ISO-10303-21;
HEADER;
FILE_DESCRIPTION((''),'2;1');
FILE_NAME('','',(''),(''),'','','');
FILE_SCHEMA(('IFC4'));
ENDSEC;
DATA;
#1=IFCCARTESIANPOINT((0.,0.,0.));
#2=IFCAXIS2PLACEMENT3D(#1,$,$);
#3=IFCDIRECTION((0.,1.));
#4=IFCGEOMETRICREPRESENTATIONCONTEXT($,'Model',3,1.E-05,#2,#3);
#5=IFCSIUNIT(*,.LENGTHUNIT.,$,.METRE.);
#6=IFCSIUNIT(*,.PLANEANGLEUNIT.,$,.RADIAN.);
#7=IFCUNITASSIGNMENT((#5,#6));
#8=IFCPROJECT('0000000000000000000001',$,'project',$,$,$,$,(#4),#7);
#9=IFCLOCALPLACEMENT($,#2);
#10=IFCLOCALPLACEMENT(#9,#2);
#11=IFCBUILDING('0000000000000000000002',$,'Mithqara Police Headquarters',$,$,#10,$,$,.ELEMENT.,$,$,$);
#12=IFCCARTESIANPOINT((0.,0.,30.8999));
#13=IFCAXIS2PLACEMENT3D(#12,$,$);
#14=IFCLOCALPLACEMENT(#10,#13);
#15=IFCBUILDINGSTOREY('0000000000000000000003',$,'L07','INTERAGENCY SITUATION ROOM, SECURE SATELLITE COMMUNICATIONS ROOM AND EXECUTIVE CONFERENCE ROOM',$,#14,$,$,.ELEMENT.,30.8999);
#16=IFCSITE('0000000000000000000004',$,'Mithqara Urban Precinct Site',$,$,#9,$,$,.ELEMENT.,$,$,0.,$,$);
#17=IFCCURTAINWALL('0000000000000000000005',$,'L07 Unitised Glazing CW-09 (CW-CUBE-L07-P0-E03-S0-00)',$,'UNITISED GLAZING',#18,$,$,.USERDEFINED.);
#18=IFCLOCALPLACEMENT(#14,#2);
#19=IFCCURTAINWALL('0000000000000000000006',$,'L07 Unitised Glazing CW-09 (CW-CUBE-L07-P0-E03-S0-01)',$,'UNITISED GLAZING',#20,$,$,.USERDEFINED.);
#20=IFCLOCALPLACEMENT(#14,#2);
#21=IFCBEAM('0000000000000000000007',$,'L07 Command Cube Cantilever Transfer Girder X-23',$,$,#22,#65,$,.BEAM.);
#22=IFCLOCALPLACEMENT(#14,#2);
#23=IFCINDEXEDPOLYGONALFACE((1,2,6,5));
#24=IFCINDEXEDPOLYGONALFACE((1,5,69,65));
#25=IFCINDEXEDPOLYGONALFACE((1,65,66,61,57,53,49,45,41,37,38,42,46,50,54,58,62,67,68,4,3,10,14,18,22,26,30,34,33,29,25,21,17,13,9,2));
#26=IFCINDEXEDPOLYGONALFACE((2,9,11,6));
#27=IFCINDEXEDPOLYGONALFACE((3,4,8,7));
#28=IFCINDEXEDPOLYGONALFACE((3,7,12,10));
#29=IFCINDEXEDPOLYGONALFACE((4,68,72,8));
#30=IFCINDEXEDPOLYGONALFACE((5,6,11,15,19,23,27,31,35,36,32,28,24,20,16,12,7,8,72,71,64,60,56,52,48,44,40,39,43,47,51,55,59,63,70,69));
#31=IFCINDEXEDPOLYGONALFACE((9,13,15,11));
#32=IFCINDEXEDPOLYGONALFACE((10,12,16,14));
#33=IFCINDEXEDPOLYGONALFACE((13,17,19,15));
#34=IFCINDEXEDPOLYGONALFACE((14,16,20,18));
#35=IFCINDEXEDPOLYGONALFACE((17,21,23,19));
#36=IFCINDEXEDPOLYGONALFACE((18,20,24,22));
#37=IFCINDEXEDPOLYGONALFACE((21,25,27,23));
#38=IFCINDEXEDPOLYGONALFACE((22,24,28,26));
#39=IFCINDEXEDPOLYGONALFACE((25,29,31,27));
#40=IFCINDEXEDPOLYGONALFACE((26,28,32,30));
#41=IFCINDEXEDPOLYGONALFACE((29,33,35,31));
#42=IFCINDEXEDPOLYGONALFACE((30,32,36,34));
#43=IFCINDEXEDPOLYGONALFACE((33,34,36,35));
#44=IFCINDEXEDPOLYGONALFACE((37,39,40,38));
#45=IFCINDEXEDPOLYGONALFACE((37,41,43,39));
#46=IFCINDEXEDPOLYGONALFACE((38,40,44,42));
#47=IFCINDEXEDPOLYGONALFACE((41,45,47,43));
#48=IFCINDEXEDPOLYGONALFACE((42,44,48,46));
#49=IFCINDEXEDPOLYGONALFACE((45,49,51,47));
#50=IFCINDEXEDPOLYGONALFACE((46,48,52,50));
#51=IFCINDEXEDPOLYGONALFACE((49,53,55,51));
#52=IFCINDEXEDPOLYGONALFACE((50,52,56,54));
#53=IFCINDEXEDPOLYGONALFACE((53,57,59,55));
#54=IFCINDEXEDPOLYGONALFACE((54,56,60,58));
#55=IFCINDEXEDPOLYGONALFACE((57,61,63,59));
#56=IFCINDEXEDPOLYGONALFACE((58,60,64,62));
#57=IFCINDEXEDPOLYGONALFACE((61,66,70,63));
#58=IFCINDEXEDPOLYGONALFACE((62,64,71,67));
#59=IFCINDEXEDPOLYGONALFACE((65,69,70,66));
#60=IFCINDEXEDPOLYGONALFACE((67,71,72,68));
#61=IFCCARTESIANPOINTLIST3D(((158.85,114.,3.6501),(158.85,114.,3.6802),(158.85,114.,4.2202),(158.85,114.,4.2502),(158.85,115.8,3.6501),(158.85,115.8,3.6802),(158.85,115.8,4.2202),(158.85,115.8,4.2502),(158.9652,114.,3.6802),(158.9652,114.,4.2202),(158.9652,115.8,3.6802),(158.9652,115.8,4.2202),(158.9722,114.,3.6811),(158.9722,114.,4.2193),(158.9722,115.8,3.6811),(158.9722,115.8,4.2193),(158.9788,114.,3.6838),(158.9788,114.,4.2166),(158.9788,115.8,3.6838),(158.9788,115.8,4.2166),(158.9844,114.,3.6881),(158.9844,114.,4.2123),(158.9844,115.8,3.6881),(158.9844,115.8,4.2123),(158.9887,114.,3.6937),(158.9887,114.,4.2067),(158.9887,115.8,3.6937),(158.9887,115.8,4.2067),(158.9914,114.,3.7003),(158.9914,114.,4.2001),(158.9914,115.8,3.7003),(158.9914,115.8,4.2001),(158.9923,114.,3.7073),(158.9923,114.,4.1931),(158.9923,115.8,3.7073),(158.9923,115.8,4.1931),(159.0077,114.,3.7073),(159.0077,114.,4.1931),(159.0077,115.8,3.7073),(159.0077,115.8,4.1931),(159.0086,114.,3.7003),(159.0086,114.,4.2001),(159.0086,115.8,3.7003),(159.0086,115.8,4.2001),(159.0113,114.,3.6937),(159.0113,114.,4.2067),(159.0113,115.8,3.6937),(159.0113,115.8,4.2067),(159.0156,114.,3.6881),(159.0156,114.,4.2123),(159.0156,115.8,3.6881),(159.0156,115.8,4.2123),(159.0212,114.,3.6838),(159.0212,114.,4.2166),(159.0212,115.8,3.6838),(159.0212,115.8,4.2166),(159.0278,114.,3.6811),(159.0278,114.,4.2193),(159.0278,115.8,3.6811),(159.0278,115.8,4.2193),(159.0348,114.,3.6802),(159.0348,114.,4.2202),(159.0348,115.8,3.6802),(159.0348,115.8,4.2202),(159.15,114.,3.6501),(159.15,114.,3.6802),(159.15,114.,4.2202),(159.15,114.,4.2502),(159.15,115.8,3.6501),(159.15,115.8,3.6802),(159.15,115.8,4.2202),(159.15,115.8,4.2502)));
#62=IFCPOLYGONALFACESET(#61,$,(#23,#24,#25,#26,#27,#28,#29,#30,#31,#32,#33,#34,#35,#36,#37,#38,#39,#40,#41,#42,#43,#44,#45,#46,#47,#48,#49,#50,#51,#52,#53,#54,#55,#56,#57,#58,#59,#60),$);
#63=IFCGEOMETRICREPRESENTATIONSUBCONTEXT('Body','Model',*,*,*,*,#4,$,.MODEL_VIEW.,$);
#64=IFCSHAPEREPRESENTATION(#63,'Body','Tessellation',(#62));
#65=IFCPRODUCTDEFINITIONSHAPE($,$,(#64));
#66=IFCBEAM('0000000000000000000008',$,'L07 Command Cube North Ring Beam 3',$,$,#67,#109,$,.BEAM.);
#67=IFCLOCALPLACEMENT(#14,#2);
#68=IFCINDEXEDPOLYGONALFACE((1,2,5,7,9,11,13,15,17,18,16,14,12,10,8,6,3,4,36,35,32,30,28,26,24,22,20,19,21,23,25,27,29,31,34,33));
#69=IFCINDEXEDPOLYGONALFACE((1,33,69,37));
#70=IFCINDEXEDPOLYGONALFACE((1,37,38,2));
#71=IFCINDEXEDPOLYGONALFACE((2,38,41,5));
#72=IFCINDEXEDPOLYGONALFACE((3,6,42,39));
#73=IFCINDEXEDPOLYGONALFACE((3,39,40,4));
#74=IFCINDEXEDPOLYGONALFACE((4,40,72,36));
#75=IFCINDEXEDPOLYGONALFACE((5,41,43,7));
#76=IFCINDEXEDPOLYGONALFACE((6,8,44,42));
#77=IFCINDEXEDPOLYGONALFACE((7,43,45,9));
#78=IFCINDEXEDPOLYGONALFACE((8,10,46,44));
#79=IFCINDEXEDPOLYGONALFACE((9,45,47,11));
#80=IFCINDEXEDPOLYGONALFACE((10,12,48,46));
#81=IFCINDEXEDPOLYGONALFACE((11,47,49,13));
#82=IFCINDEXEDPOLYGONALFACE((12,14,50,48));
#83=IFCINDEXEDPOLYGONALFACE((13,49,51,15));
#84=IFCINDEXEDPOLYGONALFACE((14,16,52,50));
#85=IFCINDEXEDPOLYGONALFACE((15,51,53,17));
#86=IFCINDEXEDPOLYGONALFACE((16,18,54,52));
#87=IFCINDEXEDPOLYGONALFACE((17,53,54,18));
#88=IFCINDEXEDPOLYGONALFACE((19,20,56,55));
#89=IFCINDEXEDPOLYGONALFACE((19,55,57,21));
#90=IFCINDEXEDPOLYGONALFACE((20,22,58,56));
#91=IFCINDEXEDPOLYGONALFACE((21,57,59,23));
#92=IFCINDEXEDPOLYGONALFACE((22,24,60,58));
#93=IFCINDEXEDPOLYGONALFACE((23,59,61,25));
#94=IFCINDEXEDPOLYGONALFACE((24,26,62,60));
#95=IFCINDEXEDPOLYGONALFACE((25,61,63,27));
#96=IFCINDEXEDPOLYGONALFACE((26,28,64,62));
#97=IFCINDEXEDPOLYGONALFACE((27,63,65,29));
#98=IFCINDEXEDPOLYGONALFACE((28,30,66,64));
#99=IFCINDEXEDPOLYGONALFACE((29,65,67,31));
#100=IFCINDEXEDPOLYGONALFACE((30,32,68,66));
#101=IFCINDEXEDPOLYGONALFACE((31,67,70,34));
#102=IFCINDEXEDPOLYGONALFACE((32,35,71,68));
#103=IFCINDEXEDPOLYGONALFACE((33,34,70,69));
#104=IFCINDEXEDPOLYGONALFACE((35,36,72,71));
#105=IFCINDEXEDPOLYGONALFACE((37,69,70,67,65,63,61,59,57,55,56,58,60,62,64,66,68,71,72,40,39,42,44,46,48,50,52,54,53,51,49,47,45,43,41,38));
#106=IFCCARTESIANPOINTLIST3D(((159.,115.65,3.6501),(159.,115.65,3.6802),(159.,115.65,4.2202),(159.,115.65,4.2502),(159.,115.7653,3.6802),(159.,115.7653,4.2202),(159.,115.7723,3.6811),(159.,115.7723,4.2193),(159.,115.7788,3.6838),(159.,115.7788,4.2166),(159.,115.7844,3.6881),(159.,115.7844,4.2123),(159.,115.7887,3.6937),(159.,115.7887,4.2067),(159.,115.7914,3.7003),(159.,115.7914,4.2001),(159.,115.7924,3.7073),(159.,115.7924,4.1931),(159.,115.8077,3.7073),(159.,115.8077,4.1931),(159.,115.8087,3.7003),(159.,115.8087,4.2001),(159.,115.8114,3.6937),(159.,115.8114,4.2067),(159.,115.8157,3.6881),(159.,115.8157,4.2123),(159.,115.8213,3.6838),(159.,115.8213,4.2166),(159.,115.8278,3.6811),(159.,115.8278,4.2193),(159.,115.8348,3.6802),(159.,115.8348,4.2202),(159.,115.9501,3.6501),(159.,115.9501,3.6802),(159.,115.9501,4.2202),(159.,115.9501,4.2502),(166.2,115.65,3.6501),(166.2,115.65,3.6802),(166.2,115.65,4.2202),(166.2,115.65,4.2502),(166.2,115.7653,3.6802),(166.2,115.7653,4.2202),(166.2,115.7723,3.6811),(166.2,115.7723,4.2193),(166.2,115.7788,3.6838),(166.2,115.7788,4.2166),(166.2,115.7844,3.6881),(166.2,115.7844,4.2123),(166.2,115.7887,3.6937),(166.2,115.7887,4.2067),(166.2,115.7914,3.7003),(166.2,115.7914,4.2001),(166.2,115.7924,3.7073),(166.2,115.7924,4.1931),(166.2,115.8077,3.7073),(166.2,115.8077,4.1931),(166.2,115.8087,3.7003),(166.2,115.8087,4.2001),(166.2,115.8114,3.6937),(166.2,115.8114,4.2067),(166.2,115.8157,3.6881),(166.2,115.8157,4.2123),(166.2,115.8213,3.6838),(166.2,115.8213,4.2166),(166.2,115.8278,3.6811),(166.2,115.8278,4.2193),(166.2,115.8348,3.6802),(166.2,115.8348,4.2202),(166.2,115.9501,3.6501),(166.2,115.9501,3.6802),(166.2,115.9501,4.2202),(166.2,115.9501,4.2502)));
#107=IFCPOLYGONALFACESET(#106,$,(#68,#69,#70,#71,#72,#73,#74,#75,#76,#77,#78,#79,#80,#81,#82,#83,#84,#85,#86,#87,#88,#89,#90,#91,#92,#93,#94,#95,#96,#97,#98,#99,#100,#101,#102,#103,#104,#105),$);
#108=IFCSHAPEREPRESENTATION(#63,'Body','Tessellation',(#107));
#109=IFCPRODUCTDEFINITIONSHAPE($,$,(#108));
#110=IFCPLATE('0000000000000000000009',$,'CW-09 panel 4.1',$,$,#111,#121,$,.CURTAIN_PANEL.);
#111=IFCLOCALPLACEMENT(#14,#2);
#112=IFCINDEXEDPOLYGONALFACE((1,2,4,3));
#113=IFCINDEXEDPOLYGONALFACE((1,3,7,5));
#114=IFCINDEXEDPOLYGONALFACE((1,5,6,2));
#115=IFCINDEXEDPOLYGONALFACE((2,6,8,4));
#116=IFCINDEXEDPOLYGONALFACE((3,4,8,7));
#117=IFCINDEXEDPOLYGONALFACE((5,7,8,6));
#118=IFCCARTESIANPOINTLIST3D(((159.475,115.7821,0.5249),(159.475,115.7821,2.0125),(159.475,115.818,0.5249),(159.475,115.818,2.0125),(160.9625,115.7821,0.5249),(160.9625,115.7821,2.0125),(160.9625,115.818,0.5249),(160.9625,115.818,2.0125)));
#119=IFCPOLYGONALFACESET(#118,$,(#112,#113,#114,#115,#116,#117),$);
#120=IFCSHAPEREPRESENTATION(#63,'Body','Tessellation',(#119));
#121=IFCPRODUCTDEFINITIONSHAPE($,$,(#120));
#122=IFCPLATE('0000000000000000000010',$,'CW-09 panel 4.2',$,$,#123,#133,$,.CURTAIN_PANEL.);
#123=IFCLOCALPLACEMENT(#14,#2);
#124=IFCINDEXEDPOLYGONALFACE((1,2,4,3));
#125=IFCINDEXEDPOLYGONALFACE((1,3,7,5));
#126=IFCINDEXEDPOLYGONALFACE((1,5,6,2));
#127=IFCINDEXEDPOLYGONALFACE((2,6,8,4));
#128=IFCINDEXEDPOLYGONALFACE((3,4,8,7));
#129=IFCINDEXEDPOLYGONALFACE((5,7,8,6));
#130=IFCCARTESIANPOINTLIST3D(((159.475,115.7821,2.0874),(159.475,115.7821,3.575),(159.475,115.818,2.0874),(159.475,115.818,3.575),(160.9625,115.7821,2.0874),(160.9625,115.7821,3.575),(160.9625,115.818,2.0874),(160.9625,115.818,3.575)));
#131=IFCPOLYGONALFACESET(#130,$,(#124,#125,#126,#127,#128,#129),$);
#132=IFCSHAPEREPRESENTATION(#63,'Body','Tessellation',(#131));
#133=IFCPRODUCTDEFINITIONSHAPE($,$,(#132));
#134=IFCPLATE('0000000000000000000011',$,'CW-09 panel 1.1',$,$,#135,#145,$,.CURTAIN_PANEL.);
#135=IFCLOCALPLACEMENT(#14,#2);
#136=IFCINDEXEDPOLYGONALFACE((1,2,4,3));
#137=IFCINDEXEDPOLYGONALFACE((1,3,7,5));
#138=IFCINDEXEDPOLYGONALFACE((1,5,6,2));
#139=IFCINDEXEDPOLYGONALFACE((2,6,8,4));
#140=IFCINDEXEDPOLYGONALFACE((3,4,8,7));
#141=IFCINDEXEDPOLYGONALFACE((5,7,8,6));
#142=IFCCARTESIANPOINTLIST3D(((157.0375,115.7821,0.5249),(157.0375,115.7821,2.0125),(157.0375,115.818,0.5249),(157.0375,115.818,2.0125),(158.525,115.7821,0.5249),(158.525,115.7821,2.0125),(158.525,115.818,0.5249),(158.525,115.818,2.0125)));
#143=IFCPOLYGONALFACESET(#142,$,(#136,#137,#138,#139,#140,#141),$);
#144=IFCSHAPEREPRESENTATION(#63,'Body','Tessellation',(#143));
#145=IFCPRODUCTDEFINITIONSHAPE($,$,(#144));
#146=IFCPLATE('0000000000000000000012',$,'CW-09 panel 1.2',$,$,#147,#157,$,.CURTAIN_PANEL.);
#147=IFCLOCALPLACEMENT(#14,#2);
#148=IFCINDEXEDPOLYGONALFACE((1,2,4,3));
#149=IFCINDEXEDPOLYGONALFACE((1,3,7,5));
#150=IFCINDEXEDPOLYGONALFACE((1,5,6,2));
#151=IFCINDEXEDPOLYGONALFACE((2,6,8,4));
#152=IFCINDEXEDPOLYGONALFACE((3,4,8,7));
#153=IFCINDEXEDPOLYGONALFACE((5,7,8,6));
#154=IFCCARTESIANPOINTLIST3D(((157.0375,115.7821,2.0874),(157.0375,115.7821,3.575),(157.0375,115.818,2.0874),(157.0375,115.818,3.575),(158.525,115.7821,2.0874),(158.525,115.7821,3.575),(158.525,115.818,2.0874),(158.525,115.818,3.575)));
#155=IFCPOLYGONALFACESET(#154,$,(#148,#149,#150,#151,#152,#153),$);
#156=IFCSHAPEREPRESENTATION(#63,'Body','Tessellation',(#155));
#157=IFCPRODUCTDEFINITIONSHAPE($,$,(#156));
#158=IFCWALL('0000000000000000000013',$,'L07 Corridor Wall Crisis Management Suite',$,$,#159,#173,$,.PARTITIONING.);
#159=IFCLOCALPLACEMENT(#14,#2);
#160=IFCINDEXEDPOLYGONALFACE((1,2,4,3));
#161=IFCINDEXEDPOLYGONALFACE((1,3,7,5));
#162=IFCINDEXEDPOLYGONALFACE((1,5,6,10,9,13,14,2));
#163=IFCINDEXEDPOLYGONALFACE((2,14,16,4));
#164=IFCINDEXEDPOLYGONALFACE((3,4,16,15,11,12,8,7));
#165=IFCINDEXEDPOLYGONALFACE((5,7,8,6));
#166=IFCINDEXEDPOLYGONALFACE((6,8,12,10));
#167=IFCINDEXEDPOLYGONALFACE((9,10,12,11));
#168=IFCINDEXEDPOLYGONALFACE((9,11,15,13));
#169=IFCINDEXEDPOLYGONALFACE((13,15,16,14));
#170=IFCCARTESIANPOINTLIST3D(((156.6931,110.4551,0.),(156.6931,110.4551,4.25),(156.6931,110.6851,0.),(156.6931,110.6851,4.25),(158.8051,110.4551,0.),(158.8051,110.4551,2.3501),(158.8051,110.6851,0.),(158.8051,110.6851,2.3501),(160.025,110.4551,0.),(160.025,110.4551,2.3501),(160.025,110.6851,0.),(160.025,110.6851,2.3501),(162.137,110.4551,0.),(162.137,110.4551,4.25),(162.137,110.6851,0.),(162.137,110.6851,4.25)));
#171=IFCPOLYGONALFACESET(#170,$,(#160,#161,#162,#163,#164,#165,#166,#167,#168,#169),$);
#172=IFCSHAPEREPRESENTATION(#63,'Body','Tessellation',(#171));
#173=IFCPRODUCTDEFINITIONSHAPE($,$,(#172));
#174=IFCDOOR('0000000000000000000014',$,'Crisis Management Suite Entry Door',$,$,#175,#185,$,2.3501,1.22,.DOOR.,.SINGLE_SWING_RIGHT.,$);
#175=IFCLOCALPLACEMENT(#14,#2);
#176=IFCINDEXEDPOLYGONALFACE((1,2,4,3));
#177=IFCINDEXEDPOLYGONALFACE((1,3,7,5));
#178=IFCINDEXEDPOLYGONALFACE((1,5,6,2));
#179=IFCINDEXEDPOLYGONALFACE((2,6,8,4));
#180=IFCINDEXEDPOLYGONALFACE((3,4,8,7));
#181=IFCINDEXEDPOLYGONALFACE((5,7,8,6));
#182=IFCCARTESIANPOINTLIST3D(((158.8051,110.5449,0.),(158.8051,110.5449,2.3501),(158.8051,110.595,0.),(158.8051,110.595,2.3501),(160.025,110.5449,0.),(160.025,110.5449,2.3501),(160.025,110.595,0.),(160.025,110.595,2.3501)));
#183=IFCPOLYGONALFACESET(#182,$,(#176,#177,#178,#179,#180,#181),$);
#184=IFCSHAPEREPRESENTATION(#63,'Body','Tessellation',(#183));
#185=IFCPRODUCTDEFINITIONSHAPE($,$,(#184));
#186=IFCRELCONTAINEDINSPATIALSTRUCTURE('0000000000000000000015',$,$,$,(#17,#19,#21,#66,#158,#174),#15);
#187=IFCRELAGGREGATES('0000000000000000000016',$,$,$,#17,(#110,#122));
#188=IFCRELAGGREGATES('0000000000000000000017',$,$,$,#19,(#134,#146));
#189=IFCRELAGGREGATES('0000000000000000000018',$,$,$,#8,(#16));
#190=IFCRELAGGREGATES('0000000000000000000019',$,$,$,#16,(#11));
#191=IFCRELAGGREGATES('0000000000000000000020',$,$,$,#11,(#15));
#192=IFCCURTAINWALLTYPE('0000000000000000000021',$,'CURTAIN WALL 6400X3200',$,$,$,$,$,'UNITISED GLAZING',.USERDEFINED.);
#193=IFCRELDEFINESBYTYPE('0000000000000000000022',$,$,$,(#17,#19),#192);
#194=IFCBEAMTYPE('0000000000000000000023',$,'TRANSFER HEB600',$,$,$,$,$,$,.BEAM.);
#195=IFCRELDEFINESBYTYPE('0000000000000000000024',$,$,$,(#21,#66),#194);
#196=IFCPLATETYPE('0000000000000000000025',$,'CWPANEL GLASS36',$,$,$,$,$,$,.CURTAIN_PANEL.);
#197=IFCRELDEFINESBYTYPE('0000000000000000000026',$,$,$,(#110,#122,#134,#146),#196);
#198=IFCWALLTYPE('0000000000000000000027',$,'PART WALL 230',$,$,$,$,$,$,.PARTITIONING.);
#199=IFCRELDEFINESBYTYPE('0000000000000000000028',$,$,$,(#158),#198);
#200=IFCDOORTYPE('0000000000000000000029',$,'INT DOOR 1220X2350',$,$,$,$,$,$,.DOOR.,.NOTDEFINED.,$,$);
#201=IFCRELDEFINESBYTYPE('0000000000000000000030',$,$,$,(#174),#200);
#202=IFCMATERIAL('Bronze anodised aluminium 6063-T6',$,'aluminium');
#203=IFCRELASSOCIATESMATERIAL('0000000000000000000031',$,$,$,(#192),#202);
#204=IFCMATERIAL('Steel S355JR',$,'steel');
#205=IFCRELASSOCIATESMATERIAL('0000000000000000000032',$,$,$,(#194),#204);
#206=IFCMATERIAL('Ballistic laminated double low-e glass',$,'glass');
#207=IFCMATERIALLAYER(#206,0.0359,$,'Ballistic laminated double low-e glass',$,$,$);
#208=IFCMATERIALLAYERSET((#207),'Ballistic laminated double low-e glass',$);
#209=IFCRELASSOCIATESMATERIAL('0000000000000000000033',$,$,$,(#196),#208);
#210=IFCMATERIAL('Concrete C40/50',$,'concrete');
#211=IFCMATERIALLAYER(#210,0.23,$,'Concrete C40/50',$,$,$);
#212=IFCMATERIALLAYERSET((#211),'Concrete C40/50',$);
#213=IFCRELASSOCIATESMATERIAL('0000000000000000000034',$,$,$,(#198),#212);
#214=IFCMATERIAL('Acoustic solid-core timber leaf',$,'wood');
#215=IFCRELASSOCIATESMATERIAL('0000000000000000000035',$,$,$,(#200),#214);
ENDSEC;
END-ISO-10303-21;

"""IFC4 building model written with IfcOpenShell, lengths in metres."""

from ifc_helpers import new_model, si_unit, direction, frame, frame_2d, origin, origin_2d, place, context, subcontext, project, spatial, rectangle, i_section, extrude, material, layer, layer_set, material_profile, profile_set, type_object, element, fill, aggregate, save


model = new_model("IFC4")

# Units and contexts
model_context = context("Model", 3, precision=1e-05, world=origin(), true_north=direction((0.0, 1.0)))
body_context = subcontext(model_context, "Body", "Model", "MODEL_VIEW")
ifc_project = project(units=[si_unit("LENGTHUNIT", "METRE"), si_unit("PLANEANGLEUNIT", "RADIAN")], contexts=[model_context])

# Site, building, storey
site_placement = place(None, origin())
site = spatial("IfcSite", under=ifc_project, at=site_placement, Name="Mithqara Urban Precinct Site", CompositionType="ELEMENT", RefElevation=0.0)
building_placement = place(site_placement, origin())
building = spatial("IfcBuilding", under=site, at=building_placement, Name="Mithqara Police Headquarters", CompositionType="ELEMENT")
storey_placement = place(building_placement, frame((0.0, 0.0, 30.8999)))
storey = spatial("IfcBuildingStorey", under=building, at=storey_placement, Name="L07", Description="INTERAGENCY SITUATION ROOM, SECURE SATELLITE COMMUNICATIONS ROOM AND EXECUTIVE CONFERENCE ROOM", CompositionType="ELEMENT", Elevation=30.8999)

# Shared definitions
ifc_material_1 = material(Name="Steel S355JR", Category="steel")

# Curtain wall
ifc_material_2 = material(Name="Bronze anodised aluminium 6063-T6", Category="aluminium")
curtain_wall_type = type_object("IfcCurtainWallType", Name="CURTAIN WALL 6400X3200", ElementType="UNITISED GLAZING", PredefinedType="USERDEFINED", material=ifc_material_2)
curtain_wall_1_placement = place(storey_placement, origin())
curtain_wall_1 = element("IfcCurtainWall", 1, at=curtain_wall_1_placement, inside=storey, type_object=curtain_wall_type, Name="L07 Unitised Glazing CW-09 (CW-CUBE-L07-P0-E03-S0-00)", ObjectType="UNITISED GLAZING", PredefinedType="USERDEFINED")

# Curtain wall
curtain_wall_2_placement = place(storey_placement, origin())
curtain_wall_2 = element("IfcCurtainWall", 2, at=curtain_wall_2_placement, inside=storey, type_object=curtain_wall_type, Name="L07 Unitised Glazing CW-09 (CW-CUBE-L07-P0-E03-S0-01)", ObjectType="UNITISED GLAZING", PredefinedType="USERDEFINED")

# Beams
ifc_material_profile_1 = material_profile(ifc_material_1, i_section(OverallWidth=0.3, OverallDepth=0.6001, WebThickness=0.0154, FlangeThickness=0.03, FilletRadius=0.0271, at=origin_2d()), Name="HEB 600")
ifc_profile_set_1 = profile_set([ifc_material_profile_1], Name="Steel S355JR")
beam_type = type_object("IfcBeamType", Name="TRANSFER HEB600", PredefinedType="BEAM", material=ifc_profile_set_1)
beam_1_placement = place(storey_placement, frame((159.0, 114.0, 3.9502), z_axis=(0.0, 1.0, 0.0), x_axis=(-1.0, 0.0, 0.0)))
element("IfcBeam", 3, at=beam_1_placement, inside=storey, type_object=beam_type, Name="L07 Command Cube Cantilever Transfer Girder X-23", PredefinedType="BEAM", context=body_context, shape_type="SweptSolid", body=[
    extrude(i_section(OverallWidth=0.3, OverallDepth=0.6001, WebThickness=0.0154, FlangeThickness=0.03, FilletRadius=0.0271, at=origin_2d()), origin(), (0.0, 0.0, 1.0), 1.8),
])
beam_2_placement = place(storey_placement, frame((159.0, 115.8, 3.9502), z_axis=(1.0, 0.0, 0.0), x_axis=(0.0, 1.0, 0.0)))
element("IfcBeam", 4, at=beam_2_placement, inside=storey, type_object=beam_type, Name="L07 Command Cube North Ring Beam 3", PredefinedType="BEAM", context=body_context, shape_type="SweptSolid", body=[
    extrude(i_section(OverallWidth=0.3, OverallDepth=0.6001, WebThickness=0.0154, FlangeThickness=0.03, FilletRadius=0.0271, at=origin_2d()), origin(), (0.0, 0.0, 1.0), 7.2),
])

# Plates
ifc_material_3 = material(Name="Ballistic laminated double low-e glass", Category="glass")
ifc_layer_1 = layer(ifc_material_3, 0.0359, Name="Ballistic laminated double low-e glass")
ifc_layer_set_1 = layer_set([ifc_layer_1], Name="Ballistic laminated double low-e glass")
plate_type = type_object("IfcPlateType", Name="CWPANEL GLASS36", PredefinedType="CURTAIN_PANEL", material=ifc_layer_set_1)
plate_1_placement = place(storey_placement, frame((160.2188, 115.8, 0.5249), z_axis=(0.0, 0.0, 1.0), x_axis=(-1.0, 0.0, 0.0)))
plate_1 = element("IfcPlate", 5, at=plate_1_placement, type_object=plate_type, Name="CW-09 panel 4.1", PredefinedType="CURTAIN_PANEL", context=body_context, shape_type="SweptSolid", body=[
    extrude(rectangle(XDim=1.4875, YDim=0.0359, at=origin_2d()), origin(), (0.0, 0.0, 1.0), 1.4875),
])
plate_2_placement = place(storey_placement, frame((160.2188, 115.8, 2.0874), z_axis=(0.0, 0.0, 1.0), x_axis=(-1.0, 0.0, 0.0)))
plate_2 = element("IfcPlate", 6, at=plate_2_placement, type_object=plate_type, Name="CW-09 panel 4.2", PredefinedType="CURTAIN_PANEL", context=body_context, shape_type="SweptSolid", body=[
    extrude(rectangle(XDim=1.4875, YDim=0.0359, at=origin_2d()), origin(), (0.0, 0.0, 1.0), 1.4875),
])
aggregate(curtain_wall_1, [plate_1, plate_2])
plate_3_placement = place(storey_placement, frame((157.7812, 115.8, 0.5249), z_axis=(0.0, 0.0, 1.0), x_axis=(-1.0, 0.0, 0.0)))
plate_3 = element("IfcPlate", 7, at=plate_3_placement, type_object=plate_type, Name="CW-09 panel 1.1", PredefinedType="CURTAIN_PANEL", context=body_context, shape_type="SweptSolid", body=[
    extrude(rectangle(XDim=1.4875, YDim=0.0359, at=origin_2d()), origin(), (0.0, 0.0, 1.0), 1.4875),
])
plate_4_placement = place(storey_placement, frame((157.7812, 115.8, 2.0874), z_axis=(0.0, 0.0, 1.0), x_axis=(-1.0, 0.0, 0.0)))
plate_4 = element("IfcPlate", 8, at=plate_4_placement, type_object=plate_type, Name="CW-09 panel 1.2", PredefinedType="CURTAIN_PANEL", context=body_context, shape_type="SweptSolid", body=[
    extrude(rectangle(XDim=1.4875, YDim=0.0359, at=origin_2d()), origin(), (0.0, 0.0, 1.0), 1.4875),
])
aggregate(curtain_wall_2, [plate_3, plate_4])

# Wall, opening, door
ifc_material_4 = material(Name="Concrete C40/50", Category="concrete")
ifc_layer_2 = layer(ifc_material_4, 0.23, Name="Concrete C40/50")
ifc_layer_set_2 = layer_set([ifc_layer_2], Name="Concrete C40/50")
wall_type = type_object("IfcWallType", Name="PART WALL 230", PredefinedType="PARTITIONING", material=ifc_layer_set_2)
wall_placement = place(storey_placement, frame((156.6931, 110.5701, 0.0), z_axis=(0.0, 0.0, 1.0), x_axis=(1.0, 0.0, 0.0)))
wall = element("IfcWall", 9, at=wall_placement, inside=storey, type_object=wall_type, Name="L07 Corridor Wall Crisis Management Suite", PredefinedType="PARTITIONING", context=body_context, shape_type="SweptSolid", body=[
    extrude(rectangle(XDim=5.4438, YDim=0.23, at=frame_2d((2.7219, 0.0))), origin(), (0.0, 0.0, 1.0), 4.25),
])
opening_placement = place(wall_placement, frame((2.1121, 0.0, 0.0)))
opening = element("IfcOpeningElement", 10, at=opening_placement, cuts=wall, PredefinedType="OPENING", context=body_context, shape_type="SweptSolid", body=[
    extrude(rectangle(XDim=1.22, YDim=2.3501, at=frame_2d((0.6099, 1.175))), frame((0.0, 0.125, 0.0), z_axis=(0.0, -1.0, 0.0), x_axis=(1.0, 0.0, 0.0)), (0.0, 0.0, 1.0), 0.25),
])
ifc_material_5 = material(Name="Acoustic solid-core timber leaf", Category="wood")
door_type = type_object("IfcDoorType", Name="INT DOOR 1220X2350", OperationType="NOTDEFINED", PredefinedType="DOOR", material=ifc_material_5)
door_placement = place(opening_placement, origin())
door = element("IfcDoor", 11, at=door_placement, inside=storey, type_object=door_type, Name="Crisis Management Suite Entry Door", OperationType="SINGLE_SWING_RIGHT", OverallHeight=2.3501, OverallWidth=1.22, PredefinedType="DOOR", context=body_context, shape_type="SweptSolid", body=[
    extrude(rectangle(XDim=1.22, YDim=2.3501, at=frame_2d((0.6099, 1.175))), frame((0.0, 0.0249, 0.0), z_axis=(0.0, -1.0, 0.0), x_axis=(1.0, 0.0, 0.0)), (0.0, 0.0, 1.0), 0.05),
])
fill(opening, door)

save(model, "model.ifc")
